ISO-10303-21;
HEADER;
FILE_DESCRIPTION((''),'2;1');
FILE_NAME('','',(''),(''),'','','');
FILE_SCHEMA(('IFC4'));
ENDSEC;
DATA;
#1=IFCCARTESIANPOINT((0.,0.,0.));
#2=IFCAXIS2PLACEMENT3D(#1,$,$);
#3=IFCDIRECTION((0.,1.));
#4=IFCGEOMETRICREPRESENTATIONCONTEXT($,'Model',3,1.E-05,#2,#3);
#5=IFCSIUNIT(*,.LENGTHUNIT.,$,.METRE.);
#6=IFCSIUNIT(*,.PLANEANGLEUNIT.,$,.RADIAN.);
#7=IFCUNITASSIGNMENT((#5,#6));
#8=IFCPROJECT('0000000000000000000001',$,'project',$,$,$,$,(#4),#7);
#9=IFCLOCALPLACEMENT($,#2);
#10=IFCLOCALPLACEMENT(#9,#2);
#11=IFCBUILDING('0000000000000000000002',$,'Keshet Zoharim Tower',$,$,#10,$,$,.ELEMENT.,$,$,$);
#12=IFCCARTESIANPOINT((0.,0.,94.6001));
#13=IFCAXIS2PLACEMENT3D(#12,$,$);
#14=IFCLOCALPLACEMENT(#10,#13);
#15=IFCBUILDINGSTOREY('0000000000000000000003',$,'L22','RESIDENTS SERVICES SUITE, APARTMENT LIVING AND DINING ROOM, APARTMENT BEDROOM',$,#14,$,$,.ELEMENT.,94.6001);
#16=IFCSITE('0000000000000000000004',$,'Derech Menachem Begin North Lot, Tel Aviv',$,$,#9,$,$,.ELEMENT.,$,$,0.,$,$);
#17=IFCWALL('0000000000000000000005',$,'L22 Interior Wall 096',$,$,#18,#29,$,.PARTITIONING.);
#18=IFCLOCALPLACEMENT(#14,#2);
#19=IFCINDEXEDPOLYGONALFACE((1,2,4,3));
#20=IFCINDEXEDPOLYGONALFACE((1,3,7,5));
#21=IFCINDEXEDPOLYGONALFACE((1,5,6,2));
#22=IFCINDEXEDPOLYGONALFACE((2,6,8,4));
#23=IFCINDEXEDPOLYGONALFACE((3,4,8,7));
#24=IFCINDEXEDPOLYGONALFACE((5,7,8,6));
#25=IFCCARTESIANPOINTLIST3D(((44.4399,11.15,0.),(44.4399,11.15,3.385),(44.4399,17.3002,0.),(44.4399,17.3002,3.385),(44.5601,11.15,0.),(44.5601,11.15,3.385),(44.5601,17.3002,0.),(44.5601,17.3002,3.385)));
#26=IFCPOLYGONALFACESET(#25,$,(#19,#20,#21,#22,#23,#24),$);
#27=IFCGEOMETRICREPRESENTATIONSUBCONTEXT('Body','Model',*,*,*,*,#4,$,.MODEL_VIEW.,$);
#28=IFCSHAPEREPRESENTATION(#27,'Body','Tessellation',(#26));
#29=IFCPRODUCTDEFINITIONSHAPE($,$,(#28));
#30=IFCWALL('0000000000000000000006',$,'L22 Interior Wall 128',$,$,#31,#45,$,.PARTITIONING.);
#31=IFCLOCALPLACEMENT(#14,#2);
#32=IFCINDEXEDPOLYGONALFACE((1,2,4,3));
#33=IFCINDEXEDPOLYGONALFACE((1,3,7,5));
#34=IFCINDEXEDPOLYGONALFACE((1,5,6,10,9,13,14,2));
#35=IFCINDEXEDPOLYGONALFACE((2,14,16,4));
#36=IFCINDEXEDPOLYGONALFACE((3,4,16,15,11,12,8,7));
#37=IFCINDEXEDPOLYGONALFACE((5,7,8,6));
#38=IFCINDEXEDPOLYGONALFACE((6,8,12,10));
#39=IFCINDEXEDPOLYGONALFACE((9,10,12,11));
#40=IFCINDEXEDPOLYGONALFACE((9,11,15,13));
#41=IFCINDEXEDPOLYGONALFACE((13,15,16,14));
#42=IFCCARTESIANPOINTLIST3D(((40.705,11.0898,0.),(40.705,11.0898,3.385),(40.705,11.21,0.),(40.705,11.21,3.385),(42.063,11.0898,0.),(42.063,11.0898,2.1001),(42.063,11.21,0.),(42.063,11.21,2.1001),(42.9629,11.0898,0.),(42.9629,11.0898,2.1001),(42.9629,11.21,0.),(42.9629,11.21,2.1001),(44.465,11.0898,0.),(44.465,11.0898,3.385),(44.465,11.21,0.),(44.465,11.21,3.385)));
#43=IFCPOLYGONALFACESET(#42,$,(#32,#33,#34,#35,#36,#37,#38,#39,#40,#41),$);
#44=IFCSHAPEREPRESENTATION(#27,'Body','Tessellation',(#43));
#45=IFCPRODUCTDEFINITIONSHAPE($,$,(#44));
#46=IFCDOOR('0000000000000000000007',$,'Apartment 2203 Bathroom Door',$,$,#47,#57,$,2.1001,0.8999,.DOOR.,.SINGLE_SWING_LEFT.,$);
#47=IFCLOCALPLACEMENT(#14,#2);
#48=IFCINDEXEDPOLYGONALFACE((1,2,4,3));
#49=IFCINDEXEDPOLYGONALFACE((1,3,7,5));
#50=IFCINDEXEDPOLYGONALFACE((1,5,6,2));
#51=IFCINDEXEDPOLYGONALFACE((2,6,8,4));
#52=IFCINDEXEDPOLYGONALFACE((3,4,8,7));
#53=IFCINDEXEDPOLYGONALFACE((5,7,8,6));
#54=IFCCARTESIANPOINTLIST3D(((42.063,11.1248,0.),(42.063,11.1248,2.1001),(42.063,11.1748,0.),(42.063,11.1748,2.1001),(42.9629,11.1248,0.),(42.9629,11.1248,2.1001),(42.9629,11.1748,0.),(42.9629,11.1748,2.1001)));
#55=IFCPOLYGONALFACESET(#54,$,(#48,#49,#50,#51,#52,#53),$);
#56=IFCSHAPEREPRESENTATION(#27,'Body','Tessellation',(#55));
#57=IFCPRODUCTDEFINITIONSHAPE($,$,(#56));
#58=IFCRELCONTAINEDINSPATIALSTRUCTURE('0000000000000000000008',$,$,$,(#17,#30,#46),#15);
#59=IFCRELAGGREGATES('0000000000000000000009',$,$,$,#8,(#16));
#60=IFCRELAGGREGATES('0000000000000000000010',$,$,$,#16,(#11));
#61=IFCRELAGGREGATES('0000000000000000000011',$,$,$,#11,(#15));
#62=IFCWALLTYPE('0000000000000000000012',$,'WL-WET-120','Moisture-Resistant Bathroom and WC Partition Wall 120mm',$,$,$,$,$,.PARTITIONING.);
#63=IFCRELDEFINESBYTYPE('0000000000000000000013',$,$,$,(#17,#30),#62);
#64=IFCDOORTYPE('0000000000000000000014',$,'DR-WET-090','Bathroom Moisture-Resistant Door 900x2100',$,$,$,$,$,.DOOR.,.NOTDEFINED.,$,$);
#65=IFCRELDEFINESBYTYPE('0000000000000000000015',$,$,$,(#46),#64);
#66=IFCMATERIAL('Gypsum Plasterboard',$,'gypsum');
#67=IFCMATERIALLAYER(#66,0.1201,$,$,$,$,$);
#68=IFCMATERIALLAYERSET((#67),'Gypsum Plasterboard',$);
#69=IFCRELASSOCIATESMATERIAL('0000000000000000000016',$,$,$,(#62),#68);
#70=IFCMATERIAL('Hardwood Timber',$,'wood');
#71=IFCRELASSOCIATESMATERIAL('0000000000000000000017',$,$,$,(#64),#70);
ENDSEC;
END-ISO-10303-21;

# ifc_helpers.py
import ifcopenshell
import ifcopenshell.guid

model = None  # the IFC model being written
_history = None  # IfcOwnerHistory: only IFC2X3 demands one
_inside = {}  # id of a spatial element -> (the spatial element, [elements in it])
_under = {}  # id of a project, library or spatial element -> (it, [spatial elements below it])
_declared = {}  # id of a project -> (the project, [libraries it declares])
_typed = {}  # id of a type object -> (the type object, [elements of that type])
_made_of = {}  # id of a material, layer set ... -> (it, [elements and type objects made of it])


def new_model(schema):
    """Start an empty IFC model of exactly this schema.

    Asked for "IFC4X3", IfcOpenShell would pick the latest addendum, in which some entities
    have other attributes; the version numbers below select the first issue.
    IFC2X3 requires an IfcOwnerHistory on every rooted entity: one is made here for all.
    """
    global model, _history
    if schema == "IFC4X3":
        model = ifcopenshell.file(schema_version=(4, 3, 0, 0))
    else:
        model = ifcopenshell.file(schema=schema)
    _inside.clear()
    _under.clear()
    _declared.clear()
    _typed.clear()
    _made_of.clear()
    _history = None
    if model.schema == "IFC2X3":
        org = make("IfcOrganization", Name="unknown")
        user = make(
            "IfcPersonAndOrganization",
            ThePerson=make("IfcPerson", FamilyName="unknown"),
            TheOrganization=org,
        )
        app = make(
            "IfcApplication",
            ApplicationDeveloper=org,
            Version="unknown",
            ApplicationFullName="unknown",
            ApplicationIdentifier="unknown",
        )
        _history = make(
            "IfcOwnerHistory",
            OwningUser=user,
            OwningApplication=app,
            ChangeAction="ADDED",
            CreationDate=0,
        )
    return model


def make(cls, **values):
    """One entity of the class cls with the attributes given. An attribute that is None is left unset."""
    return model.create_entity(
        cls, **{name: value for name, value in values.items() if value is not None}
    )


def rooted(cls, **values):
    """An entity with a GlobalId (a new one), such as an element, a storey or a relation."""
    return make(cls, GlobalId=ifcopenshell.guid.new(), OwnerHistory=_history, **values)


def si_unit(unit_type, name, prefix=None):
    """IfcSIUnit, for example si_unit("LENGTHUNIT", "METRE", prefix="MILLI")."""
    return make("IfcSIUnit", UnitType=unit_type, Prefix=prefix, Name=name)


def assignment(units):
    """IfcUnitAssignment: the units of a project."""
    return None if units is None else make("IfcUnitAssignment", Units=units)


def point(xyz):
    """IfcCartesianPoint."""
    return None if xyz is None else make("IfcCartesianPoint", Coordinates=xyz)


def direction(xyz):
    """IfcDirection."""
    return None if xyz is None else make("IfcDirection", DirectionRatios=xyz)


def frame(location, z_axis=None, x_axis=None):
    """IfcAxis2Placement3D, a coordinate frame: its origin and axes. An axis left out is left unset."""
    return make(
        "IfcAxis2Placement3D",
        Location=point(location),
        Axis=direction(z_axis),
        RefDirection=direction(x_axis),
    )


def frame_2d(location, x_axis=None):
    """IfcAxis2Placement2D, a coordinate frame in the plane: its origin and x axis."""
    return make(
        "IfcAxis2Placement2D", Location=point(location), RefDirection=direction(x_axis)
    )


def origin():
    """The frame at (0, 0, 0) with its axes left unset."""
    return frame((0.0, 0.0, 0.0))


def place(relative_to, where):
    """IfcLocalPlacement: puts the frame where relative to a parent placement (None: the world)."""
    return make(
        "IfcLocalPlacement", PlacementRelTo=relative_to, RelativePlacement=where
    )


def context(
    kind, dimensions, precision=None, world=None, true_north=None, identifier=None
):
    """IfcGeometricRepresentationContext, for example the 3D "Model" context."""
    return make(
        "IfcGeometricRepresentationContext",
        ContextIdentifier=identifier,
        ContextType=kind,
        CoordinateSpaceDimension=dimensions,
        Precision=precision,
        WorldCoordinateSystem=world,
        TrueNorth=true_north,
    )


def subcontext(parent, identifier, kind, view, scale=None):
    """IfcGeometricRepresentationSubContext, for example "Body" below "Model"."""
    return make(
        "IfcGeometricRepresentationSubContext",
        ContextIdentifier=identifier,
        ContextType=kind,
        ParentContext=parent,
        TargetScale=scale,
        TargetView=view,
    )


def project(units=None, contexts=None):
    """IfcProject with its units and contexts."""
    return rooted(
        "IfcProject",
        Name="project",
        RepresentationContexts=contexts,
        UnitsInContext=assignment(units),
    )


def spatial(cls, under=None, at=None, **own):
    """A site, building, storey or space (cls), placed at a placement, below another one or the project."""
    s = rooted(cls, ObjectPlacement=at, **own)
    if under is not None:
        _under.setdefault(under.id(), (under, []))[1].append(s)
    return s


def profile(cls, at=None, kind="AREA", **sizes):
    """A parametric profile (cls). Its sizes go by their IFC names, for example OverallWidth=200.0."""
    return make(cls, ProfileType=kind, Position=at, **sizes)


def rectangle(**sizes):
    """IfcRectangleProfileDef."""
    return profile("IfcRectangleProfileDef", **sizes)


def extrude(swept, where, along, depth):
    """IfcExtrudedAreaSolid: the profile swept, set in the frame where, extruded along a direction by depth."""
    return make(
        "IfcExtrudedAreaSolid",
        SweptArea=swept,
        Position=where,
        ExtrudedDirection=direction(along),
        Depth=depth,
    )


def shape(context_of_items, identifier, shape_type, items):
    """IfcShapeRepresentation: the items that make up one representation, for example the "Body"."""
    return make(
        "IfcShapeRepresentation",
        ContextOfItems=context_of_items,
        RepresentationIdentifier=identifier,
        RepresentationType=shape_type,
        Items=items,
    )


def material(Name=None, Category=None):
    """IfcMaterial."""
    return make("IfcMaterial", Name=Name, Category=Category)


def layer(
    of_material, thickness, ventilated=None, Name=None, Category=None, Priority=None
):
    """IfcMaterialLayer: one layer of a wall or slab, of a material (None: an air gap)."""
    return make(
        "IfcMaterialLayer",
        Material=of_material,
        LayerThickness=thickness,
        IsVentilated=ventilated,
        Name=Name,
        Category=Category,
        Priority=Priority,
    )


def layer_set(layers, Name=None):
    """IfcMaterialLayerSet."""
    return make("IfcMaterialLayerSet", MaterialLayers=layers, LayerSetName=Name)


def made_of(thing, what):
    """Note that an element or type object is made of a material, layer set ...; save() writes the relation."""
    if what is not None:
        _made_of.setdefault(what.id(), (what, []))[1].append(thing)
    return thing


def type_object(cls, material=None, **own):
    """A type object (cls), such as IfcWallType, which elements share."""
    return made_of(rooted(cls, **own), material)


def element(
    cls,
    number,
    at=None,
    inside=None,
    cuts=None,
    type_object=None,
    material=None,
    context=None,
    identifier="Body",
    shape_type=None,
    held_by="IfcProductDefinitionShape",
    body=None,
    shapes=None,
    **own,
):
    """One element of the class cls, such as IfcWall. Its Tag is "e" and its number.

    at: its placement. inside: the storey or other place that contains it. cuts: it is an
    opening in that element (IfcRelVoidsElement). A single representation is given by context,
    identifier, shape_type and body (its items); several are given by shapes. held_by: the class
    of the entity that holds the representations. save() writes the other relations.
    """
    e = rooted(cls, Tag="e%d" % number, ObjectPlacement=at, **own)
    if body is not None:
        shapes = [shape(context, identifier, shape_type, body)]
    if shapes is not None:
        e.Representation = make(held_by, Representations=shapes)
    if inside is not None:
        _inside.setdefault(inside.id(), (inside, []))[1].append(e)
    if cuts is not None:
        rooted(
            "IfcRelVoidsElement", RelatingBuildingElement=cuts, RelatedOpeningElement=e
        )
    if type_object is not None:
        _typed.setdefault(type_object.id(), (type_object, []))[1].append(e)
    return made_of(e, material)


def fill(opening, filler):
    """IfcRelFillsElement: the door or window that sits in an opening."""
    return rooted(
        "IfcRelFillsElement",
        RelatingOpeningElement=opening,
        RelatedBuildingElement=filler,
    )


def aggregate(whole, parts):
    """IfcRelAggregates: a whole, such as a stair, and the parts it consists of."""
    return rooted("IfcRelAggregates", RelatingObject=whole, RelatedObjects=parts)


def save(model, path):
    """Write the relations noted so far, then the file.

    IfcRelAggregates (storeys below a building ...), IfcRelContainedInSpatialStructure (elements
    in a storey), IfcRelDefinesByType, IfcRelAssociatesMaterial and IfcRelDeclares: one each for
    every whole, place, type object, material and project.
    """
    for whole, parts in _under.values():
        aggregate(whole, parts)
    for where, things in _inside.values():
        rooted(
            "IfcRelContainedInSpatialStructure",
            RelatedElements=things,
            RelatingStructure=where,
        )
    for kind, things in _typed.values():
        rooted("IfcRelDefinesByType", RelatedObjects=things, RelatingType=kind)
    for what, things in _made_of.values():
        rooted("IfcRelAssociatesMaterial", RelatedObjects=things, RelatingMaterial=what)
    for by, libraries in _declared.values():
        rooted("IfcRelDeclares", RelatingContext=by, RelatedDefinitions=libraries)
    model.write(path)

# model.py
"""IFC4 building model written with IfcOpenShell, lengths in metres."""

from ifc_helpers import new_model, si_unit, direction, frame, frame_2d, origin, place, context, subcontext, project, spatial, rectangle, extrude, material, layer, layer_set, type_object, element, fill, save


model = new_model("IFC4")

# Units and contexts
model_context = context("Model", 3, precision=1e-05, world=origin(), true_north=direction((0.0, 1.0)))
body_context = subcontext(model_context, "Body", "Model", "MODEL_VIEW")
ifc_project = project(units=[si_unit("LENGTHUNIT", "METRE"), si_unit("PLANEANGLEUNIT", "RADIAN")], contexts=[model_context])

# Site, building, storey
site_placement = place(None, origin())
site = spatial("IfcSite", under=ifc_project, at=site_placement, Name="Derech Menachem Begin North Lot, Tel Aviv", CompositionType="ELEMENT", RefElevation=0.0)
building_placement = place(site_placement, origin())
building = spatial("IfcBuilding", under=site, at=building_placement, Name="Keshet Zoharim Tower", CompositionType="ELEMENT")
storey_placement = place(building_placement, frame((0.0, 0.0, 94.6001)))
storey = spatial("IfcBuildingStorey", under=building, at=storey_placement, Name="L22", Description="RESIDENTS SERVICES SUITE, APARTMENT LIVING AND DINING ROOM, APARTMENT BEDROOM", CompositionType="ELEMENT", Elevation=94.6001)

# Shared definitions
ifc_material_1 = material(Name="Gypsum Plasterboard", Category="gypsum")
ifc_material_2 = material(Name="Hardwood Timber", Category="wood")

# Wall
ifc_layer_1 = layer(ifc_material_1, 0.1201)
ifc_layer_set_1 = layer_set([ifc_layer_1], Name="Gypsum Plasterboard")
wall_type_1 = type_object("IfcWallType", Name="WL-WET-120", Description="Moisture-Resistant Bathroom and WC Partition Wall 120mm", PredefinedType="PARTITIONING", material=ifc_layer_set_1)
for number, where, z_axis, x_axis, name in (
    (1, (44.5, 11.1499, 0.0), (0.0, 0.0, 1.0), (0.0, 1.0, 0.0), "L22 Interior Wall 096"),
):
    element("IfcWall", number, at=place(storey_placement, frame(where, z_axis=z_axis, x_axis=x_axis)), inside=storey, type_object=wall_type_1, Name=name, PredefinedType="PARTITIONING", context=body_context, shape_type="SweptSolid", body=[
        extrude(rectangle(XDim=6.1501, YDim=0.1201, at=frame_2d((3.0752, 0.0))), origin(), (0.0, 0.0, 1.0), 3.385),
    ])

# Wall, opening, door
wall_1_placement = place(storey_placement, frame((40.7051, 11.1499, 0.0), z_axis=(0.0, 0.0, 1.0), x_axis=(1.0, 0.0, 0.0)))
wall_1 = element("IfcWall", 2, at=wall_1_placement, inside=storey, type_object=wall_type_1, Name="L22 Interior Wall 128", PredefinedType="PARTITIONING", context=body_context, shape_type="SweptSolid", body=[
    extrude(rectangle(XDim=3.76, YDim=0.1201, at=frame_2d((1.8799, 0.0))), origin(), (0.0, 0.0, 1.0), 3.385),
])
opening_1_placement = place(wall_1_placement, frame((1.3579, 0.0, 0.0)))
opening_1 = element("IfcOpeningElement", 3, at=opening_1_placement, cuts=wall_1, PredefinedType="OPENING", context=body_context, shape_type="SweptSolid", body=[
    extrude(rectangle(XDim=0.8999, YDim=2.1001, at=frame_2d((0.45, 1.05))), frame((0.0, 0.0701, 0.0), z_axis=(0.0, -1.0, 0.0), x_axis=(1.0, 0.0, 0.0)), (0.0, 0.0, 1.0), 0.1401),
])
door_type_1 = type_object("IfcDoorType", Name="DR-WET-090", Description="Bathroom Moisture-Resistant Door 900x2100", OperationType="NOTDEFINED", PredefinedType="DOOR", material=ifc_material_2)
door_1_placement = place(opening_1_placement, origin())
door_1 = element("IfcDoor", 4, at=door_1_placement, inside=storey, type_object=door_type_1, Name="Apartment 2203 Bathroom Door", OperationType="SINGLE_SWING_LEFT", OverallHeight=2.1001, OverallWidth=0.8999, PredefinedType="DOOR", context=body_context, shape_type="SweptSolid", body=[
    extrude(rectangle(XDim=0.8999, YDim=2.1001, at=frame_2d((0.45, 1.05))), frame((0.0, 0.0249, 0.0), z_axis=(0.0, -1.0, 0.0), x_axis=(1.0, 0.0, 0.0)), (0.0, 0.0, 1.0), 0.05),
])
fill(opening_1, door_1)

save(model, "model.ifc")
